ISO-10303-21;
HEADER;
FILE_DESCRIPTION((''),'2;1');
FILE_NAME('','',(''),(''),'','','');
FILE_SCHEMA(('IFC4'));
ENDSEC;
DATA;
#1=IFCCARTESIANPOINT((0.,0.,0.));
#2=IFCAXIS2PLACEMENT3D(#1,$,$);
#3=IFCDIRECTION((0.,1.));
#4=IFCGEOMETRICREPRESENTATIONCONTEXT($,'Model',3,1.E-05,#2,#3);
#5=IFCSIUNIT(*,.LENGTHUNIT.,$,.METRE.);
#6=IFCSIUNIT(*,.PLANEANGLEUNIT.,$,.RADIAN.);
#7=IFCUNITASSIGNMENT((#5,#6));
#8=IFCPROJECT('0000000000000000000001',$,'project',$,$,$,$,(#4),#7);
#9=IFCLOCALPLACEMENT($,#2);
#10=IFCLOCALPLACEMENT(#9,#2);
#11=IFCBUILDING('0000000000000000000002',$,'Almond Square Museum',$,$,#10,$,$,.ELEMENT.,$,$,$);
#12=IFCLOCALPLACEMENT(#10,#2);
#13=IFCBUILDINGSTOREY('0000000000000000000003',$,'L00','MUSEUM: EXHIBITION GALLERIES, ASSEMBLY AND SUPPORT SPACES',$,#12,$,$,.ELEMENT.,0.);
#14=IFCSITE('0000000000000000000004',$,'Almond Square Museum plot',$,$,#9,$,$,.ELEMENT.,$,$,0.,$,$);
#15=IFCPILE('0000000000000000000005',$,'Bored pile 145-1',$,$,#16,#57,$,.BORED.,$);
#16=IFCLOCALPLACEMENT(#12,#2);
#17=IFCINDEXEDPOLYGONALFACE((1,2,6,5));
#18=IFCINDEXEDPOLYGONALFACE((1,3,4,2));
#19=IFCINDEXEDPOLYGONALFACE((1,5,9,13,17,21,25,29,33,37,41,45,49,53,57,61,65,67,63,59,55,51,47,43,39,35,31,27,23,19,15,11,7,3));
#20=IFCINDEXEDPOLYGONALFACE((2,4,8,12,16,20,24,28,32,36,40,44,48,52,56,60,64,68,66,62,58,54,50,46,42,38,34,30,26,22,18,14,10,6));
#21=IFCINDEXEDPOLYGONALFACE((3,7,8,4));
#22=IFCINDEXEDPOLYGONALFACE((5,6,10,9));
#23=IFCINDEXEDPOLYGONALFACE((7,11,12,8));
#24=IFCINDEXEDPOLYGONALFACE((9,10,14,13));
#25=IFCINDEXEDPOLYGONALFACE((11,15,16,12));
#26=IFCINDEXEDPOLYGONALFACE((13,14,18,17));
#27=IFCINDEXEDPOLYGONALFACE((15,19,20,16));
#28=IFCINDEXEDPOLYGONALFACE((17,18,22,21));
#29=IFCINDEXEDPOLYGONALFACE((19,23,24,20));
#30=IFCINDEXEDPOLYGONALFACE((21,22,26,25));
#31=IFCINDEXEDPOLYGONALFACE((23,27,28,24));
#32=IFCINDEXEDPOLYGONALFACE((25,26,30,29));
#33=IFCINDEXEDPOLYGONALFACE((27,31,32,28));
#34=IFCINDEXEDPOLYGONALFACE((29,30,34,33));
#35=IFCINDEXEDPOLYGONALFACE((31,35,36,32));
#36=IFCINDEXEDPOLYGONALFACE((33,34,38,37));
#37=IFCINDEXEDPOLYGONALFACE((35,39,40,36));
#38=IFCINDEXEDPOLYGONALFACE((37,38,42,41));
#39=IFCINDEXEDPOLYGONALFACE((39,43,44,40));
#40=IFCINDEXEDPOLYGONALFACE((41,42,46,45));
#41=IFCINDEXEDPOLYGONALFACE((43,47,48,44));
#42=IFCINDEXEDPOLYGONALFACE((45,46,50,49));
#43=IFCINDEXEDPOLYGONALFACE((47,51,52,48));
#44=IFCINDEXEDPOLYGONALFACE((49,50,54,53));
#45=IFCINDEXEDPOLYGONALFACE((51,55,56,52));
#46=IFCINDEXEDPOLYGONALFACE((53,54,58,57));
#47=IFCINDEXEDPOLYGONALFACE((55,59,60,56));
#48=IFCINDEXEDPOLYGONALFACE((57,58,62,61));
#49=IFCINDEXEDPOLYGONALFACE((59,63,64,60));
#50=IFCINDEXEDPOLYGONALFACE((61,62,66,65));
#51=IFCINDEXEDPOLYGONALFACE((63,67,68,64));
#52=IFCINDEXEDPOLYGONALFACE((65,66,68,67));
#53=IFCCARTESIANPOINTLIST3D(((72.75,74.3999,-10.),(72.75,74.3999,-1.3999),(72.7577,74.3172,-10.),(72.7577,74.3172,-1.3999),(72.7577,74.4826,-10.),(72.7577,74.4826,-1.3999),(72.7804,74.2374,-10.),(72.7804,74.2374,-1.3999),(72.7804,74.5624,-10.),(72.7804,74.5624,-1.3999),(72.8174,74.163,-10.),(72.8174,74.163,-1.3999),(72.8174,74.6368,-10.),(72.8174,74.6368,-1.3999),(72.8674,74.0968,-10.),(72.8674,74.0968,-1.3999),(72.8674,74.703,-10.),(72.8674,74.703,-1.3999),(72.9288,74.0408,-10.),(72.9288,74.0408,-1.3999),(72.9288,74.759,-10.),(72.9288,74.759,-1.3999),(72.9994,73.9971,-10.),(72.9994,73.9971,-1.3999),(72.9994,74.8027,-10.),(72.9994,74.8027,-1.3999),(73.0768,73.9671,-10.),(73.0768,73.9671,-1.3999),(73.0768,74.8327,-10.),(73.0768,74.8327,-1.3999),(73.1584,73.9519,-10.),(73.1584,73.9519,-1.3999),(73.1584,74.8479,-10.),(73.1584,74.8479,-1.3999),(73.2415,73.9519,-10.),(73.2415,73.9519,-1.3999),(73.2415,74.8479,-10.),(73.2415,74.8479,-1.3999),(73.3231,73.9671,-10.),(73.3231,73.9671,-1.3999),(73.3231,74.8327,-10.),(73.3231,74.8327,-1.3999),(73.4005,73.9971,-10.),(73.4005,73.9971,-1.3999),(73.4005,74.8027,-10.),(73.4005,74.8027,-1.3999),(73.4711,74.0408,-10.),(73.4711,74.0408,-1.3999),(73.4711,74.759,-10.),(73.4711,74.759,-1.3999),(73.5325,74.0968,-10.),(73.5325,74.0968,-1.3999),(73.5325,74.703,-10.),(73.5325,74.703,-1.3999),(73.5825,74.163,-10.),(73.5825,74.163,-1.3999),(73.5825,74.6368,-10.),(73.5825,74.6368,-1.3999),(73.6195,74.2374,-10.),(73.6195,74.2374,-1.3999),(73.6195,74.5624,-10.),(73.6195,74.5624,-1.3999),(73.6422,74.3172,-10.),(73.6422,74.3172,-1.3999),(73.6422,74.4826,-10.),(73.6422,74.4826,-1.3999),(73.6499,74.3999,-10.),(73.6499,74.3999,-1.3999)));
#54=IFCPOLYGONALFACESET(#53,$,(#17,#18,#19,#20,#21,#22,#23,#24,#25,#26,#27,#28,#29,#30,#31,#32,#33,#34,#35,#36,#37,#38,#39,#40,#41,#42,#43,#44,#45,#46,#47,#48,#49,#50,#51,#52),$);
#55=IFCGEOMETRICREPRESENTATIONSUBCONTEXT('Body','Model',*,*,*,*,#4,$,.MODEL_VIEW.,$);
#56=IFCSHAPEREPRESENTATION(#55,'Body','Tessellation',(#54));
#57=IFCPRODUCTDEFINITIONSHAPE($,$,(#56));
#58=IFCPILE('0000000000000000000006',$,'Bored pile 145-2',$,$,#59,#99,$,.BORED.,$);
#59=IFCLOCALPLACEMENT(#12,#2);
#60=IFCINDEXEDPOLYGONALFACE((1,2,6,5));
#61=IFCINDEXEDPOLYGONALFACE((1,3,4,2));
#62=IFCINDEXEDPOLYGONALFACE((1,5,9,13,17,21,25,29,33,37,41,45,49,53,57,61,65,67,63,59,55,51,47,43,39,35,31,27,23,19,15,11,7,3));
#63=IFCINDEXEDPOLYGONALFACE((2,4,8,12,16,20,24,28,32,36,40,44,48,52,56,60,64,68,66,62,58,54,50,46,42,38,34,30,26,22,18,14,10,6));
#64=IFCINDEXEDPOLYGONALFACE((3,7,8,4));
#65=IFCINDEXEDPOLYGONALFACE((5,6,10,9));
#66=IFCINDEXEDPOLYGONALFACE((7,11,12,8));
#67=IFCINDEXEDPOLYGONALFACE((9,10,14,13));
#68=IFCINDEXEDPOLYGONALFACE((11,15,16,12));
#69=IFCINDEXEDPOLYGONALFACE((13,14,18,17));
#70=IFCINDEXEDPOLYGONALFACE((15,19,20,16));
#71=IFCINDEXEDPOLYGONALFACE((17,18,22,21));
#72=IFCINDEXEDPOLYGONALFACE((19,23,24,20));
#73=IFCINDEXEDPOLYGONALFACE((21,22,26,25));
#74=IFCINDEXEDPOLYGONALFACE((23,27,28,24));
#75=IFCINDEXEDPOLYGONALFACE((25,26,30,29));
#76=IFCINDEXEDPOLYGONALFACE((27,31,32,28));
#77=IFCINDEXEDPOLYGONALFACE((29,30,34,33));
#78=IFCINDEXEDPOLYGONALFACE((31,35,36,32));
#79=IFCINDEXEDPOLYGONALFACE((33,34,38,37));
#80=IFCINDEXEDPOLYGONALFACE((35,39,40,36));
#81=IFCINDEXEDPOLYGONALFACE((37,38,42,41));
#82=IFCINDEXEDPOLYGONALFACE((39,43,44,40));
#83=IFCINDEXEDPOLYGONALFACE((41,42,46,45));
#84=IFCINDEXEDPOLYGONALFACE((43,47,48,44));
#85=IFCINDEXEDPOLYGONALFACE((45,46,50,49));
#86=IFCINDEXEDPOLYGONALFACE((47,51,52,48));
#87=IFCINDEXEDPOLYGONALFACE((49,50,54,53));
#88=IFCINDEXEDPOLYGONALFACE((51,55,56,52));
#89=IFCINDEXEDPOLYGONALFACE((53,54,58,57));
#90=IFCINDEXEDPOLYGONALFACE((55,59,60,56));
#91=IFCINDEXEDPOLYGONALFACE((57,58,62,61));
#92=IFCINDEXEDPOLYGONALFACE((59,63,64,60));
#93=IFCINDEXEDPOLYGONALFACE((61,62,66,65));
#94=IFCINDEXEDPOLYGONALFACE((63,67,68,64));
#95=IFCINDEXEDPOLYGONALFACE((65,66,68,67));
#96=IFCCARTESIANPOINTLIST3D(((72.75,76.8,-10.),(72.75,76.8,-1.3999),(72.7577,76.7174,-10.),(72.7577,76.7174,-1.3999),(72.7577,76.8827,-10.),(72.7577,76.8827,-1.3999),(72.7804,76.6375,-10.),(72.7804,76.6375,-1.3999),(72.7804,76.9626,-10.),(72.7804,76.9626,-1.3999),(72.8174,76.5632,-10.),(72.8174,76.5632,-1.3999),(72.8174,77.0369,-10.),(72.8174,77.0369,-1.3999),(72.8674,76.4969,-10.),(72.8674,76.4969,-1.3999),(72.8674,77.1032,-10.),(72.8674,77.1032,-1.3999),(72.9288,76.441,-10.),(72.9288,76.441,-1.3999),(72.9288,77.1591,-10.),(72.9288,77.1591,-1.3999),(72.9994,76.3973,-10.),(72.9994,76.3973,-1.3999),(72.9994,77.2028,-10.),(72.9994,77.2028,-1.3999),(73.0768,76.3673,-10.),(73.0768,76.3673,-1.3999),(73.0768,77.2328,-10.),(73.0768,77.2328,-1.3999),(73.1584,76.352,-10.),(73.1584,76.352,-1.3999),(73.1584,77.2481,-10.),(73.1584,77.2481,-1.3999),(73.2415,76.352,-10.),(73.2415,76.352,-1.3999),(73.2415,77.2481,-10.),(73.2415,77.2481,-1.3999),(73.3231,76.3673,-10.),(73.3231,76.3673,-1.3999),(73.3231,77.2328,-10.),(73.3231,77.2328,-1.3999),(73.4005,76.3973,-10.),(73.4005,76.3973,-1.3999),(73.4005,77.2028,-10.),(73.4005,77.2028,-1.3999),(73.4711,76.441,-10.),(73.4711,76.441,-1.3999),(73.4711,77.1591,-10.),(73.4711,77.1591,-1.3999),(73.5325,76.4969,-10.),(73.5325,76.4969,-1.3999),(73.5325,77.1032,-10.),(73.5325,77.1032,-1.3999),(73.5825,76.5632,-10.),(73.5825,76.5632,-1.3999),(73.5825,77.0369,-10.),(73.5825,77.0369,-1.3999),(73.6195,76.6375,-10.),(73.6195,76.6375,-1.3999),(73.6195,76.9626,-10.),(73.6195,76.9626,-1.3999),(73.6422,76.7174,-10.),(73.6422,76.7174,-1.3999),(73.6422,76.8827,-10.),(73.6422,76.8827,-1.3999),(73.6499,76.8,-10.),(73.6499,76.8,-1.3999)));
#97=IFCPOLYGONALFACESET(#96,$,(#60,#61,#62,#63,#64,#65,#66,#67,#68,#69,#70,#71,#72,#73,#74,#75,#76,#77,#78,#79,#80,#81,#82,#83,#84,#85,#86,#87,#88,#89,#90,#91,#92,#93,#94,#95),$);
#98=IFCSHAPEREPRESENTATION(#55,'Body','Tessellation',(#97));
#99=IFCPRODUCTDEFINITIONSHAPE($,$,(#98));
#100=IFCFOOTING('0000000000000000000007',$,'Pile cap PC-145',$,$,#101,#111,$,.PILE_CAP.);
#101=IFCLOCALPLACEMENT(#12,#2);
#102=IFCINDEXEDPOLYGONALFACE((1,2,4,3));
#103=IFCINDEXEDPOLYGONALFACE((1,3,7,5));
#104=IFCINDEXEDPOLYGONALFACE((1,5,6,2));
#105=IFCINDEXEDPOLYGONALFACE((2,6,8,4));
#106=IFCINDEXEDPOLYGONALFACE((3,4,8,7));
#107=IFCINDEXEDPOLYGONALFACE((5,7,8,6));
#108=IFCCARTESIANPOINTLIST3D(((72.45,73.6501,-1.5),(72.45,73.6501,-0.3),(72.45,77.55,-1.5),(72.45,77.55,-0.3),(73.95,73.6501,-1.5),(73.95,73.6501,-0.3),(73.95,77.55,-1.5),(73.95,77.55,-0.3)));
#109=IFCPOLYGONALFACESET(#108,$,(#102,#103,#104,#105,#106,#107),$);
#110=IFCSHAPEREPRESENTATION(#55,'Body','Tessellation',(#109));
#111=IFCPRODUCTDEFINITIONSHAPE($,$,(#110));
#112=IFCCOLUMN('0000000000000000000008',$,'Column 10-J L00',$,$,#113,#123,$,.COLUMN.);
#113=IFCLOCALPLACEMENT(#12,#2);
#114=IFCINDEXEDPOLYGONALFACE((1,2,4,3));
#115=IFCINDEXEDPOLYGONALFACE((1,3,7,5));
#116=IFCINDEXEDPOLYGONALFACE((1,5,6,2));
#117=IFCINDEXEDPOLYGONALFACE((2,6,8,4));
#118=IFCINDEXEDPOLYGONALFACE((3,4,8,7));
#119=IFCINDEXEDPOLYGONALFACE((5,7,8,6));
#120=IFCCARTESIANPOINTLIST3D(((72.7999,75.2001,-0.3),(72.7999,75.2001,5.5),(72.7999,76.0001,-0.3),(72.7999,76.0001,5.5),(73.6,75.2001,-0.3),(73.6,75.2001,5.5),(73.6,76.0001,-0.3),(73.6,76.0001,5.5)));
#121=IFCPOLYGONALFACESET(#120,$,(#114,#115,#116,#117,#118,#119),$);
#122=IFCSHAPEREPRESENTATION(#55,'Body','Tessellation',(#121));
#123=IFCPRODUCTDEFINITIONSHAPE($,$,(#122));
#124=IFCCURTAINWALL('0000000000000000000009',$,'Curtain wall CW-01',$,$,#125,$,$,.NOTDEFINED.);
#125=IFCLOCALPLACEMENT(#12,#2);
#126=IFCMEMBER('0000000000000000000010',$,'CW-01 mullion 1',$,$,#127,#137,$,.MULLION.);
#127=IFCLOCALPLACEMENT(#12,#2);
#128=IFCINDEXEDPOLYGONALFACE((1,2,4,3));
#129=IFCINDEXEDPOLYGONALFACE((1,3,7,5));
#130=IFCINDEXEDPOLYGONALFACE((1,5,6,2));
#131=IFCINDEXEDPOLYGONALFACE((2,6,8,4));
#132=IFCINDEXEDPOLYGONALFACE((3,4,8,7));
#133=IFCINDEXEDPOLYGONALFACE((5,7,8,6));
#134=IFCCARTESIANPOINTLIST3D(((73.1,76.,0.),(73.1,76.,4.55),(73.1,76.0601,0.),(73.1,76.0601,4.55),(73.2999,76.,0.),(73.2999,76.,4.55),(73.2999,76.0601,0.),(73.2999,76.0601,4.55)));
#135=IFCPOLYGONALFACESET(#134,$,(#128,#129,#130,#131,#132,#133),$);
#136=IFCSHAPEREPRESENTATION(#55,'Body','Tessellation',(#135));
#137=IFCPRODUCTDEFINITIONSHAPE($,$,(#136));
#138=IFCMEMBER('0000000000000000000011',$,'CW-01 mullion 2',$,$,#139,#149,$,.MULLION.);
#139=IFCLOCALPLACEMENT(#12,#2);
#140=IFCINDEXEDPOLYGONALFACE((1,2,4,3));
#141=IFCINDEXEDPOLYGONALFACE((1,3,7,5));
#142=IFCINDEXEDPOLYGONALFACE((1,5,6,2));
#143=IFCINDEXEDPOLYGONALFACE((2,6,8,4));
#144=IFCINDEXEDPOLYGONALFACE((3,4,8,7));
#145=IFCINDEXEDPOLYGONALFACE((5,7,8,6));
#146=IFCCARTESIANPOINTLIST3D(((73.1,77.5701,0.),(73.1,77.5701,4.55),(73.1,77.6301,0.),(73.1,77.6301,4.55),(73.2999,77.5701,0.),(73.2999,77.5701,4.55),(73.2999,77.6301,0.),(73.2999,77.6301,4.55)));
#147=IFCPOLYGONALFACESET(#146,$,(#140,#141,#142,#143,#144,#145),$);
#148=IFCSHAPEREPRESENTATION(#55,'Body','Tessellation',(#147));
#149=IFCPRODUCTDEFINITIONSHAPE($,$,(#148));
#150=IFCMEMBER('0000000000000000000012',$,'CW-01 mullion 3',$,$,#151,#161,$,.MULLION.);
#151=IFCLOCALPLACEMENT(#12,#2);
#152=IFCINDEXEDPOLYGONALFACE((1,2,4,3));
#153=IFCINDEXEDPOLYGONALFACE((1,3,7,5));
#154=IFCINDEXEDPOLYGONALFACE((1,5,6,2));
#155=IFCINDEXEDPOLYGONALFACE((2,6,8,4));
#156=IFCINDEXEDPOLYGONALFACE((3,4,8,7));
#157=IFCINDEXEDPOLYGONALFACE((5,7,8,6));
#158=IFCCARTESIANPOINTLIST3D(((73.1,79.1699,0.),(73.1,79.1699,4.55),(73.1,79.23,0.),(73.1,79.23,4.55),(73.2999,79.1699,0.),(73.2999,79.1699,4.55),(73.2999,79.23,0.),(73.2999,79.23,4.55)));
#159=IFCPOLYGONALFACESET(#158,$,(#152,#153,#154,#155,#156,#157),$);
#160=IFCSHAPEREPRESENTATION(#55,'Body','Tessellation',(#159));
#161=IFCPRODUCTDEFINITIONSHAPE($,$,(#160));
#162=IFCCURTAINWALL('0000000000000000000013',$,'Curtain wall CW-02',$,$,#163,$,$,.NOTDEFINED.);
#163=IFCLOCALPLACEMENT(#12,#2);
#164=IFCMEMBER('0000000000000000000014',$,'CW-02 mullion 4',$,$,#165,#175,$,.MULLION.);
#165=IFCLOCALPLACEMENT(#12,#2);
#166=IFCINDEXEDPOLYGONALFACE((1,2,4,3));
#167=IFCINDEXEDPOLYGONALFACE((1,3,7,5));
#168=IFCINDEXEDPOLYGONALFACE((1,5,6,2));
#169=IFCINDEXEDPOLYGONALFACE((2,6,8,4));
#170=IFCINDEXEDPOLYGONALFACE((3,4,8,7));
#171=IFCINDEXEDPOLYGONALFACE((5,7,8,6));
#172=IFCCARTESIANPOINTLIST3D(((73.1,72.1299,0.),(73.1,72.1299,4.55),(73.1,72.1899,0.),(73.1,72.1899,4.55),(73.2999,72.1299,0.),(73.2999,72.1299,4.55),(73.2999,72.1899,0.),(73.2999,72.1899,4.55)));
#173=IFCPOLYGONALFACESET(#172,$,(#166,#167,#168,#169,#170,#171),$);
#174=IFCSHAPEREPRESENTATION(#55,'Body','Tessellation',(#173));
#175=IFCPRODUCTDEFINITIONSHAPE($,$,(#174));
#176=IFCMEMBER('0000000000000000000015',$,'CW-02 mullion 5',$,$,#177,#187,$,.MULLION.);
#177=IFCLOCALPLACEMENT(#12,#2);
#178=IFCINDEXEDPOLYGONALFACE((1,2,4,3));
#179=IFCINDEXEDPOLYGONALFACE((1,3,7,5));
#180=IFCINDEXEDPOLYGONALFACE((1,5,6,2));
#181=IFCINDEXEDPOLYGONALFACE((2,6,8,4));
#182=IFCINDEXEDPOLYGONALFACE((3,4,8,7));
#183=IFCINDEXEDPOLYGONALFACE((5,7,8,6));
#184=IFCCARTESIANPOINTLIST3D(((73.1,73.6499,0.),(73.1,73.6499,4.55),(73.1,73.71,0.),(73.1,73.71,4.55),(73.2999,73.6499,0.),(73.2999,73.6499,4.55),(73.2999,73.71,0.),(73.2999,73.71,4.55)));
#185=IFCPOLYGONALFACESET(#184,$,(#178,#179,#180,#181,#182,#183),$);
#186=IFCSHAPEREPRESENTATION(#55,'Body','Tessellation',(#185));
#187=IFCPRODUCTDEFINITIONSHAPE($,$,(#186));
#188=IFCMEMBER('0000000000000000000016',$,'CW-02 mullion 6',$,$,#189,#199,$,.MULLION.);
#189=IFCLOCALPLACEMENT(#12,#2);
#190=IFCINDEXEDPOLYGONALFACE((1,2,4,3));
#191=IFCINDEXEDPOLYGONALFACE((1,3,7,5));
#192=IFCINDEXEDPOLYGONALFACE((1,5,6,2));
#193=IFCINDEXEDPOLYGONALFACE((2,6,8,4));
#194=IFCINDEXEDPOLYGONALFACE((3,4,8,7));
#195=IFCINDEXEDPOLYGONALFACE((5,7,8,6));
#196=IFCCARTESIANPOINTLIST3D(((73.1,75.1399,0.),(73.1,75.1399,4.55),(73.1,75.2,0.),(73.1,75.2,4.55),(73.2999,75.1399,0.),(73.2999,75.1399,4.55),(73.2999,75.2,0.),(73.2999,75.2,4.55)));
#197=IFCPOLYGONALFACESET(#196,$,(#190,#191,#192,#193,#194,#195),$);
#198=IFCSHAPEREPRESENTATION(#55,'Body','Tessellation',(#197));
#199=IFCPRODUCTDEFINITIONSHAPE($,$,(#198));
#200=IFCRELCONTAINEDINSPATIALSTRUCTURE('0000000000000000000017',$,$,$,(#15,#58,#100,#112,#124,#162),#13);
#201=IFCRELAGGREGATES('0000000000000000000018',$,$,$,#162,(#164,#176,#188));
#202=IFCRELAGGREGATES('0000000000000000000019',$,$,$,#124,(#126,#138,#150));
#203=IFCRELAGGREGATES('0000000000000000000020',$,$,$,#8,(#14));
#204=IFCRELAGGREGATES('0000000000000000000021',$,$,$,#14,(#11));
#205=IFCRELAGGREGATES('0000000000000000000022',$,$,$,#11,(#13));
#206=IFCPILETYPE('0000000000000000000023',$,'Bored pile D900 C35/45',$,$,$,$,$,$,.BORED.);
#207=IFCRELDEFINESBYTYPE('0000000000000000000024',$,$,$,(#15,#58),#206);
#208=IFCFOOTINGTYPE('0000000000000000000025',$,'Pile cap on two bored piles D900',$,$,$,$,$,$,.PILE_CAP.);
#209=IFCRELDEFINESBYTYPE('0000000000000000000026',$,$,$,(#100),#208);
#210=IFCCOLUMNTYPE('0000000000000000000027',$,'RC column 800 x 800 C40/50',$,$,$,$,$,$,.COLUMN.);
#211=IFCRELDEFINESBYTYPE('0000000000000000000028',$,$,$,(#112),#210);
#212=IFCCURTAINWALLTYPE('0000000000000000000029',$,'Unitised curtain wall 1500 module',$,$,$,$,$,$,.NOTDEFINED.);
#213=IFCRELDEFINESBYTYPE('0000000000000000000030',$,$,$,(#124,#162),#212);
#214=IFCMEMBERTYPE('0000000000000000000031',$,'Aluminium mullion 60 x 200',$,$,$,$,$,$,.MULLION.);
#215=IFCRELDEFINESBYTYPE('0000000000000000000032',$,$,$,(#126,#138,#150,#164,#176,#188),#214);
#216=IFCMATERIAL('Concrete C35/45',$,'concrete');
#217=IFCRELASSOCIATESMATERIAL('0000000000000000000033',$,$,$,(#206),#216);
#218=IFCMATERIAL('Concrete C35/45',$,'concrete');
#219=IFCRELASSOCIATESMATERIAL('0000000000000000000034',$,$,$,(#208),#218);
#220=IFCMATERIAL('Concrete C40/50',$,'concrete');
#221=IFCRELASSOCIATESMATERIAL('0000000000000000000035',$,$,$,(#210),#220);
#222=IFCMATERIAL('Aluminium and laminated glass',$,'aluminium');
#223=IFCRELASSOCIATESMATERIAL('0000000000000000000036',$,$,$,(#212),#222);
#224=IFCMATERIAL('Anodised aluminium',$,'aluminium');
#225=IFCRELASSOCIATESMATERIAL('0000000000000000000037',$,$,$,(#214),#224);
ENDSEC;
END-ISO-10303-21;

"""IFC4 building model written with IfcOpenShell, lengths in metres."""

from ifc_helpers import new_model, si_unit, direction, frame, origin, origin_2d, place, context, subcontext, project, spatial, rectangle, circle, extrude, material, material_profile, profile_set, type_object, element, aggregate, save


model = new_model("IFC4")

# Units and contexts
model_context = context("Model", 3, precision=1e-05, world=origin(), true_north=direction((0.0, 1.0)))
body_context = subcontext(model_context, "Body", "Model", "MODEL_VIEW")
ifc_project = project(units=[si_unit("LENGTHUNIT", "METRE"), si_unit("PLANEANGLEUNIT", "RADIAN")], contexts=[model_context])

# Site, building, storey
site_placement = place(None, origin())
site = spatial("IfcSite", under=ifc_project, at=site_placement, Name="Almond Square Museum plot", CompositionType="ELEMENT", RefElevation=0.0)
building_placement = place(site_placement, origin())
building = spatial("IfcBuilding", under=site, at=building_placement, Name="Almond Square Museum", CompositionType="ELEMENT")
storey_placement = place(building_placement, origin())
storey = spatial("IfcBuildingStorey", under=building, at=storey_placement, Name="L00", Description="MUSEUM: EXHIBITION GALLERIES, ASSEMBLY AND SUPPORT SPACES", CompositionType="ELEMENT", Elevation=0.0)

# Piles
ifc_material_1 = material(Name="Concrete C35/45", Category="concrete")
ifc_material_profile_1 = material_profile(ifc_material_1, circle(Radius=0.45, at=origin_2d()))
ifc_profile_set_1 = profile_set([ifc_material_profile_1], Name="Concrete C35/45")
pile_type = type_object("IfcPileType", Name="Bored pile D900 C35/45", PredefinedType="BORED", material=ifc_profile_set_1)
for number, where, z_axis, x_axis, name in (
    (1, (73.2, 74.3999, -1.3999), (0.0, 0.0, -1.0), (1.0, 0.0, 0.0), "Bored pile 145-1"),
    (2, (73.2, 76.8, -1.3999), (0.0, 0.0, -1.0), (1.0, 0.0, 0.0), "Bored pile 145-2"),
):
    element("IfcPile", number, at=place(storey_placement, frame(where, z_axis=z_axis, x_axis=x_axis)), inside=storey, type_object=pile_type, Name=name, PredefinedType="BORED", context=body_context, shape_type="SweptSolid", body=[
        extrude(circle(Radius=0.45, at=origin_2d()), origin(), (0.0, 0.0, 1.0), 8.6001),
    ])

# Footing
ifc_material_2 = material(Name="Concrete C35/45", Category="concrete")
footing_type = type_object("IfcFootingType", Name="Pile cap on two bored piles D900", PredefinedType="PILE_CAP", material=ifc_material_2)
footing_placement = place(storey_placement, frame((73.2, 75.6001, -1.5), z_axis=(0.0, 0.0, 1.0), x_axis=(1.0, 0.0, 0.0)))
element("IfcFooting", 3, at=footing_placement, inside=storey, type_object=footing_type, Name="Pile cap PC-145", PredefinedType="PILE_CAP", context=body_context, shape_type="SweptSolid", body=[
    extrude(rectangle(XDim=1.5, YDim=3.8999, at=origin_2d()), origin(), (0.0, 0.0, 1.0), 1.2),
])

# Column
ifc_material_3 = material(Name="Concrete C40/50", Category="concrete")
ifc_material_profile_2 = material_profile(ifc_material_3, rectangle(XDim=0.8, YDim=0.8, at=origin_2d()))
ifc_profile_set_2 = profile_set([ifc_material_profile_2], Name="Concrete C40/50")
column_type = type_object("IfcColumnType", Name="RC column 800 x 800 C40/50", PredefinedType="COLUMN", material=ifc_profile_set_2)
column_placement = place(storey_placement, frame((73.2, 75.6001, -0.3), z_axis=(0.0, 0.0, 1.0), x_axis=(1.0, 0.0, 0.0)))
element("IfcColumn", 4, at=column_placement, inside=storey, type_object=column_type, Name="Column 10-J L00", PredefinedType="COLUMN", context=body_context, shape_type="SweptSolid", body=[
    extrude(rectangle(XDim=0.8, YDim=0.8, at=origin_2d()), origin(), (0.0, 0.0, 1.0), 5.8),
])

# Curtain walls, members
ifc_material_4 = material(Name="Aluminium and laminated glass", Category="aluminium")
curtain_wall_type = type_object("IfcCurtainWallType", Name="Unitised curtain wall 1500 module", PredefinedType="NOTDEFINED", material=ifc_material_4)
curtain_wall_1_placement = place(storey_placement, origin())
curtain_wall_1 = element("IfcCurtainWall", 5, at=curtain_wall_1_placement, inside=storey, type_object=curtain_wall_type, Name="Curtain wall CW-01", PredefinedType="NOTDEFINED")
ifc_material_5 = material(Name="Anodised aluminium", Category="aluminium")
ifc_material_profile_3 = material_profile(ifc_material_5, rectangle(XDim=0.2, YDim=0.0601, at=origin_2d()))
ifc_profile_set_3 = profile_set([ifc_material_profile_3], Name="Anodised aluminium")
member_type_1 = type_object("IfcMemberType", Name="Aluminium mullion 60 x 200", PredefinedType="MULLION", material=ifc_profile_set_3)
member_1_placement = place(storey_placement, frame((73.2, 76.03, 0.0), z_axis=(0.0, 0.0, 1.0), x_axis=(-1.0, 0.0, 0.0)))
member_1 = element("IfcMember", 6, at=member_1_placement, type_object=member_type_1, Name="CW-01 mullion 1", PredefinedType="MULLION", context=body_context, shape_type="SweptSolid", body=[
    extrude(rectangle(XDim=0.2, YDim=0.0601, at=origin_2d()), origin(), (0.0, 0.0, 1.0), 4.55),
])
member_2_placement = place(storey_placement, frame((73.2, 77.6001, 0.0), z_axis=(0.0, 0.0, 1.0), x_axis=(-1.0, 0.0, 0.0)))
member_2 = element("IfcMember", 7, at=member_2_placement, type_object=member_type_1, Name="CW-01 mullion 2", PredefinedType="MULLION", context=body_context, shape_type="SweptSolid", body=[
    extrude(rectangle(XDim=0.2, YDim=0.0601, at=origin_2d()), origin(), (0.0, 0.0, 1.0), 4.55),
])
member_3_placement = place(storey_placement, frame((73.2, 79.2, 0.0), z_axis=(0.0, 0.0, 1.0), x_axis=(-1.0, 0.0, 0.0)))
member_3 = element("IfcMember", 8, at=member_3_placement, type_object=member_type_1, Name="CW-01 mullion 3", PredefinedType="MULLION", context=body_context, shape_type="SweptSolid", body=[
    extrude(rectangle(XDim=0.2, YDim=0.0601, at=origin_2d()), origin(), (0.0, 0.0, 1.0), 4.55),
])
curtain_wall_2_placement = place(storey_placement, origin())
curtain_wall_2 = element("IfcCurtainWall", 9, at=curtain_wall_2_placement, inside=storey, type_object=curtain_wall_type, Name="Curtain wall CW-02", PredefinedType="NOTDEFINED")
member_4_placement = place(storey_placement, frame((73.2, 72.1599, 0.0), z_axis=(0.0, 0.0, 1.0), x_axis=(-1.0, 0.0, 0.0)))
member_4 = element("IfcMember", 10, at=member_4_placement, type_object=member_type_1, Name="CW-02 mullion 4", PredefinedType="MULLION", context=body_context, shape_type="SweptSolid", body=[
    extrude(rectangle(XDim=0.2, YDim=0.0601, at=origin_2d()), origin(), (0.0, 0.0, 1.0), 4.55),
])
member_5_placement = place(storey_placement, frame((73.2, 73.6799, 0.0), z_axis=(0.0, 0.0, 1.0), x_axis=(-1.0, 0.0, 0.0)))
member_5 = element("IfcMember", 11, at=member_5_placement, type_object=member_type_1, Name="CW-02 mullion 5", PredefinedType="MULLION", context=body_context, shape_type="SweptSolid", body=[
    extrude(rectangle(XDim=0.2, YDim=0.0601, at=origin_2d()), origin(), (0.0, 0.0, 1.0), 4.55),
])
member_6_placement = place(storey_placement, frame((73.2, 75.1699, 0.0), z_axis=(0.0, 0.0, 1.0), x_axis=(-1.0, 0.0, 0.0)))
member_6 = element("IfcMember", 12, at=member_6_placement, type_object=member_type_1, Name="CW-02 mullion 6", PredefinedType="MULLION", context=body_context, shape_type="SweptSolid", body=[
    extrude(rectangle(XDim=0.2, YDim=0.0601, at=origin_2d()), origin(), (0.0, 0.0, 1.0), 4.55),
])
aggregate(curtain_wall_2, [member_4, member_5, member_6])

aggregate(curtain_wall_1, [member_1, member_2, member_3])

save(model, "model.ifc")
